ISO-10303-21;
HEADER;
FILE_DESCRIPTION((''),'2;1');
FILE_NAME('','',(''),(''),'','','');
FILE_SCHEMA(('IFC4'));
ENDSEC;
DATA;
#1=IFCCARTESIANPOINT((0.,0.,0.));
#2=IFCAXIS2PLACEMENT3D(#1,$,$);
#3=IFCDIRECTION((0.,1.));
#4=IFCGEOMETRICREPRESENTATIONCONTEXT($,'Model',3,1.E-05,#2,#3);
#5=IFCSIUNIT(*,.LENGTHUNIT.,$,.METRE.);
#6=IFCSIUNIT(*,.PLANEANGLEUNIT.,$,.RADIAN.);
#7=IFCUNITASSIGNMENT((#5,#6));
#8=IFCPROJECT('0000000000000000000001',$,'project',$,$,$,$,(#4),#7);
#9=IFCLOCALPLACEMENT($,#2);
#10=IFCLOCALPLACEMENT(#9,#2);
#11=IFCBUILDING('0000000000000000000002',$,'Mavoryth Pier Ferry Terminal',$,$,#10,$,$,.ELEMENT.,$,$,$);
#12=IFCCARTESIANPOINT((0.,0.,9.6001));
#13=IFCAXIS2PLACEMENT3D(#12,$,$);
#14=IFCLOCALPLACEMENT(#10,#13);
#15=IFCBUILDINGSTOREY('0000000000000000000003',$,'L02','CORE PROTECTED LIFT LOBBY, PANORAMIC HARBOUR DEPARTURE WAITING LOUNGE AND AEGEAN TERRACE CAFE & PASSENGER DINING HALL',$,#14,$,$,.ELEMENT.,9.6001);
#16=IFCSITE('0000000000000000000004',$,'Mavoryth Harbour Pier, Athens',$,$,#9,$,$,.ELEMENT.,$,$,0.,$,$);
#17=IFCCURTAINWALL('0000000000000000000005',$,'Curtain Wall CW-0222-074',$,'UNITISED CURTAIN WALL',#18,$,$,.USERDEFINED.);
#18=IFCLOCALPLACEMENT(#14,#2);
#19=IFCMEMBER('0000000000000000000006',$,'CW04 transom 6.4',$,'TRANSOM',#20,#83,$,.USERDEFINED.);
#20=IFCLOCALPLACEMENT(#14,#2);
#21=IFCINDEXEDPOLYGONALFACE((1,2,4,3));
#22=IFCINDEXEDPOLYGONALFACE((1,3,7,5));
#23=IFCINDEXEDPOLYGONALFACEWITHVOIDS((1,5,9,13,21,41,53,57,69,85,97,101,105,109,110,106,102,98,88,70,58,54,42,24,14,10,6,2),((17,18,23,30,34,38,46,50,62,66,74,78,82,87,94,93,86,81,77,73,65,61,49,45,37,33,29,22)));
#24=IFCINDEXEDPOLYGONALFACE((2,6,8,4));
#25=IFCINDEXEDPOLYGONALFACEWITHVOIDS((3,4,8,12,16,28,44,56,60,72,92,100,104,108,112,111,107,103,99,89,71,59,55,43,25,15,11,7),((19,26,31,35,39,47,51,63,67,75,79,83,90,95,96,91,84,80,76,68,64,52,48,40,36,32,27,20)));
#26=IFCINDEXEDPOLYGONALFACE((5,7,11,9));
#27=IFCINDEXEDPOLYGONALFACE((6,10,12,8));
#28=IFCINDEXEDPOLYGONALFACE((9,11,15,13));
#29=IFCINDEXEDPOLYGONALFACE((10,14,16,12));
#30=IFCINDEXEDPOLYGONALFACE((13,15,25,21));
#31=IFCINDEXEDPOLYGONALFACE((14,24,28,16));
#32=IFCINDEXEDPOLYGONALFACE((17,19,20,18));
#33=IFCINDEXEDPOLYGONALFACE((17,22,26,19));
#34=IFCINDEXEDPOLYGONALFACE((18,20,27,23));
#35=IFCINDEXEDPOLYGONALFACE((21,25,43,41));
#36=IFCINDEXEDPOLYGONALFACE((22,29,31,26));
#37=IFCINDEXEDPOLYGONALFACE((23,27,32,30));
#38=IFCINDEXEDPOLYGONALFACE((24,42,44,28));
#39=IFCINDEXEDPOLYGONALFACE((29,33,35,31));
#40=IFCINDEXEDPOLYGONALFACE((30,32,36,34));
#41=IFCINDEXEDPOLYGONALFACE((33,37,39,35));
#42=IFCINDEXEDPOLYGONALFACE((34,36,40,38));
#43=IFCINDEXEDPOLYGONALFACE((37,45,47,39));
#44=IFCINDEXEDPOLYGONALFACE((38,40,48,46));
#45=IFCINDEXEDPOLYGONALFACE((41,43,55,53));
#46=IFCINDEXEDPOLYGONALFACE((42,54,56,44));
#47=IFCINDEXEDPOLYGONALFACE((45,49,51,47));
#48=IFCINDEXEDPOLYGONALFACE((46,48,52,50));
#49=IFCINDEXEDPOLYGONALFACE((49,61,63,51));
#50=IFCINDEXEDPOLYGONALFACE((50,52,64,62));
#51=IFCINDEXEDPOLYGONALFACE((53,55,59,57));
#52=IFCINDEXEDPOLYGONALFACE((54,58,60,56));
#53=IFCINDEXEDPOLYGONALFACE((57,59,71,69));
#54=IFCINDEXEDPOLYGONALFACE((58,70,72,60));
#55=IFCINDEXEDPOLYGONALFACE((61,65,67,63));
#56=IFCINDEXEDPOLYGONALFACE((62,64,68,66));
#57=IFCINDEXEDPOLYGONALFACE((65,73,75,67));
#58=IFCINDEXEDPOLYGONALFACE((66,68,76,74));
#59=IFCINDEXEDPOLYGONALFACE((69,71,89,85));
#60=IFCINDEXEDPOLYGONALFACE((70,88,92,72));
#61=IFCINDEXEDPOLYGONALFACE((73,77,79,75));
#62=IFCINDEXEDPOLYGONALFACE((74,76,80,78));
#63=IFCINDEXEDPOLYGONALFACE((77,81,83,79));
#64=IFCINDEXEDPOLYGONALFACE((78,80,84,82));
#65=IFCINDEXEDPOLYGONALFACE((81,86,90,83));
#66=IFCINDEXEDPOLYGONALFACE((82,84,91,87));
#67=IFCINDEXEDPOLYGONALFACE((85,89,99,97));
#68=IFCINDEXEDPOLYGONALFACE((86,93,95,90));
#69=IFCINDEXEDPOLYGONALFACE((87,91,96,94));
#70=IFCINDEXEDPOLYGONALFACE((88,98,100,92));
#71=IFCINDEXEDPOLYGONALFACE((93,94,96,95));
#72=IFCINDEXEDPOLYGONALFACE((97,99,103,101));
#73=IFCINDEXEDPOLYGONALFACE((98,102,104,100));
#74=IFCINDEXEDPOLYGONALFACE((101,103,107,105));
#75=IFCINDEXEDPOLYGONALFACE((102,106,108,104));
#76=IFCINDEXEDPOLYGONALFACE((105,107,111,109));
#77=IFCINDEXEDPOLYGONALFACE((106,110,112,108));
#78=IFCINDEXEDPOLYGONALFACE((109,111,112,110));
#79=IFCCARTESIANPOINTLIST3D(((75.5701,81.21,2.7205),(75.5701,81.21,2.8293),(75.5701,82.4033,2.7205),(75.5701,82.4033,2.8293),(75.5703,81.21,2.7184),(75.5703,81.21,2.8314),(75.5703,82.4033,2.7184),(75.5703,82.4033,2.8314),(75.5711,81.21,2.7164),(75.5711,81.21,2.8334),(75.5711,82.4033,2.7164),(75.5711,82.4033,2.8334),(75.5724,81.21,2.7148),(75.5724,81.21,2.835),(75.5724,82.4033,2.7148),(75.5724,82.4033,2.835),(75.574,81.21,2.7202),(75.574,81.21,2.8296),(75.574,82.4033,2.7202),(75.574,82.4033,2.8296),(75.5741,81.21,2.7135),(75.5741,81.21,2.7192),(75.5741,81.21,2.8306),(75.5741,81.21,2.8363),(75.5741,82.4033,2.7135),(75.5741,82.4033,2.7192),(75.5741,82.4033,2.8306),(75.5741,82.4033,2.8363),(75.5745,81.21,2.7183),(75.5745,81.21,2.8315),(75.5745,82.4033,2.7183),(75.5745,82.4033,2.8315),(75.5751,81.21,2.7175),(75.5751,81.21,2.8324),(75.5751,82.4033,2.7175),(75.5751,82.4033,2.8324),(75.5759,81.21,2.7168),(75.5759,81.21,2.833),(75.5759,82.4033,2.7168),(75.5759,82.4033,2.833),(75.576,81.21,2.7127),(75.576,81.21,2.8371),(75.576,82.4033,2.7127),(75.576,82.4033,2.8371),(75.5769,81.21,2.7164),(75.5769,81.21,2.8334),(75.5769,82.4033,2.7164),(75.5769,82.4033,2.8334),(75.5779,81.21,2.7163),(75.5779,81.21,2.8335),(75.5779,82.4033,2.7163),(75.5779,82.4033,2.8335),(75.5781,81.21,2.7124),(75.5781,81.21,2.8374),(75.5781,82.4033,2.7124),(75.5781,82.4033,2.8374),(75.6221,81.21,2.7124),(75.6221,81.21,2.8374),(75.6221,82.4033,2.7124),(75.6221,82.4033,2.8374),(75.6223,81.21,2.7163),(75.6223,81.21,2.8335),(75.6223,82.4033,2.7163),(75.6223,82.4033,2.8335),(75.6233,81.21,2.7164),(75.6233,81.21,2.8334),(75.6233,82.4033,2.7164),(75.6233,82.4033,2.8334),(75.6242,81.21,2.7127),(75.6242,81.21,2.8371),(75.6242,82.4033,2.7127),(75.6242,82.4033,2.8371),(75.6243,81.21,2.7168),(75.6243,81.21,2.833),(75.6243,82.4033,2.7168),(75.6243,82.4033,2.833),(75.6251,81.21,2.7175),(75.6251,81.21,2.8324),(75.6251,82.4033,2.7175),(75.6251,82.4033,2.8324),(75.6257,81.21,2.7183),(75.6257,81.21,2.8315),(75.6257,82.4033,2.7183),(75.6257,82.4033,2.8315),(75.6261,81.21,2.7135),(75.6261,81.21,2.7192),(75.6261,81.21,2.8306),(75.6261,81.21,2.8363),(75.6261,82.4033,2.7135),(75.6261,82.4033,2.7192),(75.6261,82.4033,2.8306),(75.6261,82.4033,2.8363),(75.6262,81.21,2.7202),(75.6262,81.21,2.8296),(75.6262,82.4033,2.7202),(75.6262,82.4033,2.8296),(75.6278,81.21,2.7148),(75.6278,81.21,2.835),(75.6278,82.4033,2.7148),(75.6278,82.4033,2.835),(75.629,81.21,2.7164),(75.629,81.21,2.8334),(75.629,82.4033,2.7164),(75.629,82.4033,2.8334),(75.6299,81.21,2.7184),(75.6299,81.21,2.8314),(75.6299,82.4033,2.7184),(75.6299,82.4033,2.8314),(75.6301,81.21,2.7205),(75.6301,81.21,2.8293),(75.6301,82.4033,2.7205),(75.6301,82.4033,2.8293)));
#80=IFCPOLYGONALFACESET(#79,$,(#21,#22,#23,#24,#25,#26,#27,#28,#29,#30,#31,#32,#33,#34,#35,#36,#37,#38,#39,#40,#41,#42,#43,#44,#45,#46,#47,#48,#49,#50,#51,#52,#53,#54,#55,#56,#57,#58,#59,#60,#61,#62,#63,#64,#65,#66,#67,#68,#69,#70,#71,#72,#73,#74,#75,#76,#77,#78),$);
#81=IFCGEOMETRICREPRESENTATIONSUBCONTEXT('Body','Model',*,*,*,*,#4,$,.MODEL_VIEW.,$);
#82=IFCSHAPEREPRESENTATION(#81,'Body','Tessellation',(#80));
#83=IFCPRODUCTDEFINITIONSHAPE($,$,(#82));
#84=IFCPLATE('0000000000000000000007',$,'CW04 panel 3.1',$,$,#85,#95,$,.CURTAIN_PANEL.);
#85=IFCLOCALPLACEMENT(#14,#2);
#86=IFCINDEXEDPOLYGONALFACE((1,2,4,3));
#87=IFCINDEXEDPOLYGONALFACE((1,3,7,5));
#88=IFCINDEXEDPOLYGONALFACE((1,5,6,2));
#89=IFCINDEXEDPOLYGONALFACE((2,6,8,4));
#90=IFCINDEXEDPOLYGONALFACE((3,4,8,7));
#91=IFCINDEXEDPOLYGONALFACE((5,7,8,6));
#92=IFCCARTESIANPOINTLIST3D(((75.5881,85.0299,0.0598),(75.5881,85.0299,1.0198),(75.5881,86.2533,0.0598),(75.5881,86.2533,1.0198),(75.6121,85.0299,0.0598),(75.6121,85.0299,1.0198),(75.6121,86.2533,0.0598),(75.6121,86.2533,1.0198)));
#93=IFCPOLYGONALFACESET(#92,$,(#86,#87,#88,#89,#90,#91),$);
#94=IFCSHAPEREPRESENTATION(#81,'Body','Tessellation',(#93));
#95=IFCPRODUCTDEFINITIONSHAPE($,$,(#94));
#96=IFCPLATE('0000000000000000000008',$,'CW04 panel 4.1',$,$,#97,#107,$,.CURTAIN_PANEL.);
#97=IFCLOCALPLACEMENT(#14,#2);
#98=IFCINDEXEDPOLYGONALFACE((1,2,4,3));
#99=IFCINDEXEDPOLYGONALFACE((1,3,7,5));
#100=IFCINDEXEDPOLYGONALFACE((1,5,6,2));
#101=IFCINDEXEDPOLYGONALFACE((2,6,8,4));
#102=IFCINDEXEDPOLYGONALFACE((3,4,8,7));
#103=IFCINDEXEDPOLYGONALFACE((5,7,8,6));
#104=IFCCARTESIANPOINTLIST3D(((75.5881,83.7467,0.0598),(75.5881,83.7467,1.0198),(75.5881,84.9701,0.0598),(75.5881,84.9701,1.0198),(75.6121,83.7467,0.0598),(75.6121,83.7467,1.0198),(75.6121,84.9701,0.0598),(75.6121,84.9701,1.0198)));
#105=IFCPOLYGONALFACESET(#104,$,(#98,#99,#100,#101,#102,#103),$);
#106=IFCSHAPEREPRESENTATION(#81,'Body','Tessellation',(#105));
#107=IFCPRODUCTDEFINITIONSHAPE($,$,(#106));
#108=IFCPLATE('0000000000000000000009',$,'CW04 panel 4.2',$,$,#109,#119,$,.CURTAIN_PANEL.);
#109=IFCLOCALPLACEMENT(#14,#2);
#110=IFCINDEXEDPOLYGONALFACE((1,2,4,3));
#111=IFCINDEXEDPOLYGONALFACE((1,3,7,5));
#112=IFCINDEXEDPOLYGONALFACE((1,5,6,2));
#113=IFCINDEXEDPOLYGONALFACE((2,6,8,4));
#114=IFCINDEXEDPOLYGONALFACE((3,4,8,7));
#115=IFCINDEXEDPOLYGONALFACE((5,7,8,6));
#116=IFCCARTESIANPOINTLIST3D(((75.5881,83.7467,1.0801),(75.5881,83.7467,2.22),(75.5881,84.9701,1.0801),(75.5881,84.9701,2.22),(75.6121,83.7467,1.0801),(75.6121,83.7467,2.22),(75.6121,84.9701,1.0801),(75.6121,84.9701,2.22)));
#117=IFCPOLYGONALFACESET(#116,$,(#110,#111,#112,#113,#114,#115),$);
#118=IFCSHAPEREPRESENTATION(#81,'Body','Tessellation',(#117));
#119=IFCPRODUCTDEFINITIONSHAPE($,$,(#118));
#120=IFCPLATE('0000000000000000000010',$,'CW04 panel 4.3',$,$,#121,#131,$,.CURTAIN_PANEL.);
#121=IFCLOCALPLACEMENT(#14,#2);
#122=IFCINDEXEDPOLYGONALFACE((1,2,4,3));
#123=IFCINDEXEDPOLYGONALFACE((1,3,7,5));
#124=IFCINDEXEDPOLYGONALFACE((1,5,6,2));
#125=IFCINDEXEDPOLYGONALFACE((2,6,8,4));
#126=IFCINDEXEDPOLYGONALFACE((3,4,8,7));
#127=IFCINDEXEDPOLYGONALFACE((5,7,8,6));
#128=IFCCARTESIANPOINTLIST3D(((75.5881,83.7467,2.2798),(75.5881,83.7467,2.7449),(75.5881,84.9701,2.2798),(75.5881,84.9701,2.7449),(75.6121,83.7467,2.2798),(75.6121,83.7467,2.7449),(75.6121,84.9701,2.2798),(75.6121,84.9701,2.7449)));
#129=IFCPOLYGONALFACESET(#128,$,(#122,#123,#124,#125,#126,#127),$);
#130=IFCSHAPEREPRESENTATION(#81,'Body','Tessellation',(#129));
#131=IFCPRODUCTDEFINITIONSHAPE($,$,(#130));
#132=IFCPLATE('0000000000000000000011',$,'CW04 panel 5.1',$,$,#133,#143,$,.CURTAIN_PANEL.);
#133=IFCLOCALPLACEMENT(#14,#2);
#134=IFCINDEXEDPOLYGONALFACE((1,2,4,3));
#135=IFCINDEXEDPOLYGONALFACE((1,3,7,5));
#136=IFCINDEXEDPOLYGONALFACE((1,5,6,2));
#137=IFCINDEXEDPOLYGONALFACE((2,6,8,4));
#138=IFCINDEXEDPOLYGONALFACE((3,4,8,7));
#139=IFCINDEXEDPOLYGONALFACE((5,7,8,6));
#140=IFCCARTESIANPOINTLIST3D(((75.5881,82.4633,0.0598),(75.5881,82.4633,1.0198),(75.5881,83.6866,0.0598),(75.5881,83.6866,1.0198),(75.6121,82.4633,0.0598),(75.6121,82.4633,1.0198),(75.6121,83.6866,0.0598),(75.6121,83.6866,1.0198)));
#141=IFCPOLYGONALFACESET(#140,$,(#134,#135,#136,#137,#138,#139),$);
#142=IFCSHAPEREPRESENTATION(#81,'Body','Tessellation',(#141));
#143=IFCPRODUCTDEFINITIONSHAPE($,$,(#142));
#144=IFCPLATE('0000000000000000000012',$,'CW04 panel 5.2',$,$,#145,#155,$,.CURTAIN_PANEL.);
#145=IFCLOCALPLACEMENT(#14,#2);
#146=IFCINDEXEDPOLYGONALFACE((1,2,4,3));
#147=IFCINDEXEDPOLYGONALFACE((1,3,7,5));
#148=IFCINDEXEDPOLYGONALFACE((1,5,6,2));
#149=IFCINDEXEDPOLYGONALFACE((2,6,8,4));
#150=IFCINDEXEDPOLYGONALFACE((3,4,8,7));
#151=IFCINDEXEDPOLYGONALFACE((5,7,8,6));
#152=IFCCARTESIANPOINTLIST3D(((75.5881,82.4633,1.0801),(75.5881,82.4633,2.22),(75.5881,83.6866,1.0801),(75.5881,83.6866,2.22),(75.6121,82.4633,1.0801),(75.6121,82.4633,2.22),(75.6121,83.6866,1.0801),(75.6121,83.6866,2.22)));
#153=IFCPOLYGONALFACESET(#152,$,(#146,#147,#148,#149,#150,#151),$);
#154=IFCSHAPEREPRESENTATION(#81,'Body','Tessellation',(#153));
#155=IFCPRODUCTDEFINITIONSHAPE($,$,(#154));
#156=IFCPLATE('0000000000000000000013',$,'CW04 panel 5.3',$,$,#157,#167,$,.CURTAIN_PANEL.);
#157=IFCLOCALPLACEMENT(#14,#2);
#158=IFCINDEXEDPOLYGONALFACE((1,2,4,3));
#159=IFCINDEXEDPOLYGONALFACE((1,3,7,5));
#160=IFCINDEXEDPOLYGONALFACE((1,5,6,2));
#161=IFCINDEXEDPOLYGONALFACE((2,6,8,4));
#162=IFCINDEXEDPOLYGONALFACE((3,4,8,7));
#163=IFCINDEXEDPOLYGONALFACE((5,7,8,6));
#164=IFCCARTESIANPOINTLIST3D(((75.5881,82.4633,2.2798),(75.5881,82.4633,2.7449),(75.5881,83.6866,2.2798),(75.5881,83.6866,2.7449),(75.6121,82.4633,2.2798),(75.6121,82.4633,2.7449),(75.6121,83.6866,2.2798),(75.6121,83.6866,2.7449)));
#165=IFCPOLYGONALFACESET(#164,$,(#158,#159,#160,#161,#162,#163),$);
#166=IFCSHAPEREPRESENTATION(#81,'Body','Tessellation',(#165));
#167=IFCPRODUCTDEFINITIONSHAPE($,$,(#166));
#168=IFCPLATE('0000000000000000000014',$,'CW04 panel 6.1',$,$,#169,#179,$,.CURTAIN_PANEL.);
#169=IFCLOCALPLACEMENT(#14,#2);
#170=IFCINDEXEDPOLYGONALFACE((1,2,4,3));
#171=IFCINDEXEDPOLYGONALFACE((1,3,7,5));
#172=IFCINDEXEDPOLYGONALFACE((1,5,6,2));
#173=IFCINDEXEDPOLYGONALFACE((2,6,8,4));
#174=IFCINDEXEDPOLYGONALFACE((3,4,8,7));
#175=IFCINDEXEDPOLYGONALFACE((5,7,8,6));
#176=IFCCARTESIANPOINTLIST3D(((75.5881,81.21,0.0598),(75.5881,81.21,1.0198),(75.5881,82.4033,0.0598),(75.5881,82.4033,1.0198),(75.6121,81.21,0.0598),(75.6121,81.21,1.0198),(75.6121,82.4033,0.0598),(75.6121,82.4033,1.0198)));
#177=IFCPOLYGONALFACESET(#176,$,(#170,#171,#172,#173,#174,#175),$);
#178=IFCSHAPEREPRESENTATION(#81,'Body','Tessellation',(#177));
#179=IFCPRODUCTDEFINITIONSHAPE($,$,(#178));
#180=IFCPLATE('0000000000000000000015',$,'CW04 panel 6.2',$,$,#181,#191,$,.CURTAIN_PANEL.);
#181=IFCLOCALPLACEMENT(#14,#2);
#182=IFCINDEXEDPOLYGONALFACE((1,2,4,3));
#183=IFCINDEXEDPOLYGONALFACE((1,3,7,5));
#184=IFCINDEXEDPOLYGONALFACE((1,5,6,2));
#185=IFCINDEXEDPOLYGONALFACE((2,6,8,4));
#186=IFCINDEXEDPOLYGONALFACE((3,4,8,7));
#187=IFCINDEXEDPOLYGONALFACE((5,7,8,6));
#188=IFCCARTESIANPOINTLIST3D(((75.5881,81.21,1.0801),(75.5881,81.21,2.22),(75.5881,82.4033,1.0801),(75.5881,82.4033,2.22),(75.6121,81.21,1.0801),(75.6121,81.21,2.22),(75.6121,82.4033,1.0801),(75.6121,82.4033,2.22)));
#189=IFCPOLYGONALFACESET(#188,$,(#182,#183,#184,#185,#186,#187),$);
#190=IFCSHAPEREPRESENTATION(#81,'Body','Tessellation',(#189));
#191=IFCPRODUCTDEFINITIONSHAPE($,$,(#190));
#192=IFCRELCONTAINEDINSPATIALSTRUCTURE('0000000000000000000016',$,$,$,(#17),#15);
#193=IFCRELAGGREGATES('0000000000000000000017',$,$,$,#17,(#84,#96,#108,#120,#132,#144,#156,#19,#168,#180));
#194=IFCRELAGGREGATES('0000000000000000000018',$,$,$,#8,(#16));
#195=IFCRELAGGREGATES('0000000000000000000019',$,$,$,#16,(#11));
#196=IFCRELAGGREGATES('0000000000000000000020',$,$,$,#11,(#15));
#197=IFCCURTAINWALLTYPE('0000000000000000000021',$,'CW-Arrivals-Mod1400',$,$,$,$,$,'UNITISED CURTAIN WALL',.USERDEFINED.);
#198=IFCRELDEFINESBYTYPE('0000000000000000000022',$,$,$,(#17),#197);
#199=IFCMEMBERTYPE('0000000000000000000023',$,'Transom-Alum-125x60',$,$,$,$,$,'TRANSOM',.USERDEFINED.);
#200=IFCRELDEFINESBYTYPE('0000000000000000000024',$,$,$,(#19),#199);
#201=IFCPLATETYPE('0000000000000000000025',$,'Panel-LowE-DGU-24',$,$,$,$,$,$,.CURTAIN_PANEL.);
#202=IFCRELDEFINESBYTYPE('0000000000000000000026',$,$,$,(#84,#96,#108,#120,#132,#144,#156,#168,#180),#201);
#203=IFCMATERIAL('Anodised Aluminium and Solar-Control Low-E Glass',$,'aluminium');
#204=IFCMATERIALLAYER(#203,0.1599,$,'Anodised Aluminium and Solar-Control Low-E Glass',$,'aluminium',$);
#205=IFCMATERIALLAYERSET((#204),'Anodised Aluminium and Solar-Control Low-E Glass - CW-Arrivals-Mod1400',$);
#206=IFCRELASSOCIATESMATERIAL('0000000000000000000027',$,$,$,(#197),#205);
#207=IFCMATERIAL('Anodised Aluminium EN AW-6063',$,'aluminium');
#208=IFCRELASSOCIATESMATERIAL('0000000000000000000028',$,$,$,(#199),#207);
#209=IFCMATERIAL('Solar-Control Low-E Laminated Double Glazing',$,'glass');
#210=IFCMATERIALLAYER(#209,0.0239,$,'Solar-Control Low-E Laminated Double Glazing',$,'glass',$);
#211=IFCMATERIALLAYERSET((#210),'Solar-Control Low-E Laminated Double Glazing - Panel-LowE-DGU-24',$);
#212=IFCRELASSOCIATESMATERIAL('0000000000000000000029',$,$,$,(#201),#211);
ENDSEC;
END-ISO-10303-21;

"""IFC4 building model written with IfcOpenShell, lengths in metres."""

from ifc_helpers import new_model, si_unit, direction, frame, origin, origin_2d, place, context, subcontext, project, spatial, rectangle, hollow_rectangle, extrude, material, layer, layer_set, material_profile, profile_set, type_object, element, aggregate, save


model = new_model("IFC4")

# Units and contexts
model_context = context("Model", 3, precision=1e-05, world=origin(), true_north=direction((0.0, 1.0)))
body_context = subcontext(model_context, "Body", "Model", "MODEL_VIEW")
ifc_project = project(units=[si_unit("LENGTHUNIT", "METRE"), si_unit("PLANEANGLEUNIT", "RADIAN")], contexts=[model_context])

# Site, building, storey
site_placement = place(None, origin())
site = spatial("IfcSite", under=ifc_project, at=site_placement, Name="Mavoryth Harbour Pier, Athens", CompositionType="ELEMENT", RefElevation=0.0)
building_placement = place(site_placement, origin())
building = spatial("IfcBuilding", under=site, at=building_placement, Name="Mavoryth Pier Ferry Terminal", CompositionType="ELEMENT")
storey_placement = place(building_placement, frame((0.0, 0.0, 9.6001)))
storey = spatial("IfcBuildingStorey", under=building, at=storey_placement, Name="L02", Description="CORE PROTECTED LIFT LOBBY, PANORAMIC HARBOUR DEPARTURE WAITING LOUNGE AND AEGEAN TERRACE CAFE & PASSENGER DINING HALL", CompositionType="ELEMENT", Elevation=9.6001)

# Shared definitions
ifc_material_1 = material(Name="Anodised Aluminium and Solar-Control Low-E Glass", Category="aluminium")
ifc_layer_1 = layer(ifc_material_1, 0.1599, Name="Anodised Aluminium and Solar-Control Low-E Glass", Category="aluminium")
ifc_layer_set_1 = layer_set([ifc_layer_1], Name="Anodised Aluminium and Solar-Control Low-E Glass - CW-Arrivals-Mod1400")
curtain_wall_type = type_object("IfcCurtainWallType", Name="CW-Arrivals-Mod1400", ElementType="UNITISED CURTAIN WALL", PredefinedType="USERDEFINED", material=ifc_layer_set_1)
ifc_material_2 = material(Name="Anodised Aluminium EN AW-6063", Category="aluminium")

# Curtain wall
curtain_wall_1_placement = place(storey_placement, origin())
curtain_wall_1 = element("IfcCurtainWall", 1, at=curtain_wall_1_placement, inside=storey, type_object=curtain_wall_type, Name="Curtain Wall CW-0222-074", ObjectType="UNITISED CURTAIN WALL", PredefinedType="USERDEFINED")

# Member
ifc_material_profile_1 = material_profile(ifc_material_2, hollow_rectangle(XDim=0.0601, YDim=0.125, WallThickness=0.0039, InnerFilletRadius=0.0039, OuterFilletRadius=0.0081, at=origin_2d()), Name="AL-TRAN 125x60x4", Category="aluminium")
ifc_profile_set_1 = profile_set([ifc_material_profile_1], Name="Anodised Aluminium EN AW-6063 - AL-TRAN 125x60x4")
member_type_1 = type_object("IfcMemberType", Name="Transom-Alum-125x60", ElementType="TRANSOM", PredefinedType="USERDEFINED", material=ifc_profile_set_1)
member_1_placement = place(storey_placement, frame((75.6001, 82.4033, 2.7749), z_axis=(0.0, -1.0, 0.0), x_axis=(1.0, 0.0, 0.0)))
member_1 = element("IfcMember", 2, at=member_1_placement, type_object=member_type_1, Name="CW04 transom 6.4", ObjectType="TRANSOM", PredefinedType="USERDEFINED", context=body_context, shape_type="SweptSolid", body=[
    extrude(hollow_rectangle(XDim=0.0601, YDim=0.125, WallThickness=0.0039, InnerFilletRadius=0.0039, OuterFilletRadius=0.0081, at=origin_2d()), origin(), (0.0, 0.0, 1.0), 1.1934),
])

# Plates
ifc_material_3 = material(Name="Solar-Control Low-E Laminated Double Glazing", Category="glass")
ifc_layer_2 = layer(ifc_material_3, 0.0239, Name="Solar-Control Low-E Laminated Double Glazing", Category="glass")
ifc_layer_set_2 = layer_set([ifc_layer_2], Name="Solar-Control Low-E Laminated Double Glazing - Panel-LowE-DGU-24")
plate_type = type_object("IfcPlateType", Name="Panel-LowE-DGU-24", PredefinedType="CURTAIN_PANEL", material=ifc_layer_set_2)
plate_1_placement = place(storey_placement, frame((75.6001, 85.6416, 0.0598), z_axis=(0.0, 0.0, 1.0), x_axis=(0.0, -1.0, 0.0)))
plate_1 = element("IfcPlate", 3, at=plate_1_placement, type_object=plate_type, Name="CW04 panel 3.1", PredefinedType="CURTAIN_PANEL", context=body_context, shape_type="SweptSolid", body=[
    extrude(rectangle(XDim=1.2234, YDim=0.0239, at=origin_2d()), origin(), (0.0, 0.0, 1.0), 0.96),
])
plate_2_placement = place(storey_placement, frame((75.6001, 84.3584, 0.0598), z_axis=(0.0, 0.0, 1.0), x_axis=(0.0, -1.0, 0.0)))
plate_2 = element("IfcPlate", 4, at=plate_2_placement, type_object=plate_type, Name="CW04 panel 4.1", PredefinedType="CURTAIN_PANEL", context=body_context, shape_type="SweptSolid", body=[
    extrude(rectangle(XDim=1.2234, YDim=0.0239, at=origin_2d()), origin(), (0.0, 0.0, 1.0), 0.96),
])
plate_3_placement = place(storey_placement, frame((75.6001, 84.3584, 1.0801), z_axis=(0.0, 0.0, 1.0), x_axis=(0.0, -1.0, 0.0)))
plate_3 = element("IfcPlate", 5, at=plate_3_placement, type_object=plate_type, Name="CW04 panel 4.2", PredefinedType="CURTAIN_PANEL", context=body_context, shape_type="SweptSolid", body=[
    extrude(rectangle(XDim=1.2234, YDim=0.0239, at=origin_2d()), origin(), (0.0, 0.0, 1.0), 1.1399),
])
plate_4_placement = place(storey_placement, frame((75.6001, 84.3584, 2.2798), z_axis=(0.0, 0.0, 1.0), x_axis=(0.0, -1.0, 0.0)))
plate_4 = element("IfcPlate", 6, at=plate_4_placement, type_object=plate_type, Name="CW04 panel 4.3", PredefinedType="CURTAIN_PANEL", context=body_context, shape_type="SweptSolid", body=[
    extrude(rectangle(XDim=1.2234, YDim=0.0239, at=origin_2d()), origin(), (0.0, 0.0, 1.0), 0.4651),
])
plate_5_placement = place(storey_placement, frame((75.6001, 83.075, 0.0598), z_axis=(0.0, 0.0, 1.0), x_axis=(0.0, -1.0, 0.0)))
plate_5 = element("IfcPlate", 7, at=plate_5_placement, type_object=plate_type, Name="CW04 panel 5.1", PredefinedType="CURTAIN_PANEL", context=body_context, shape_type="SweptSolid", body=[
    extrude(rectangle(XDim=1.2234, YDim=0.0239, at=origin_2d()), origin(), (0.0, 0.0, 1.0), 0.96),
])
plate_6_placement = place(storey_placement, frame((75.6001, 83.075, 1.0801), z_axis=(0.0, 0.0, 1.0), x_axis=(0.0, -1.0, 0.0)))
plate_6 = element("IfcPlate", 8, at=plate_6_placement, type_object=plate_type, Name="CW04 panel 5.2", PredefinedType="CURTAIN_PANEL", context=body_context, shape_type="SweptSolid", body=[
    extrude(rectangle(XDim=1.2234, YDim=0.0239, at=origin_2d()), origin(), (0.0, 0.0, 1.0), 1.1399),
])
plate_7_placement = place(storey_placement, frame((75.6001, 83.075, 2.2798), z_axis=(0.0, 0.0, 1.0), x_axis=(0.0, -1.0, 0.0)))
plate_7 = element("IfcPlate", 9, at=plate_7_placement, type_object=plate_type, Name="CW04 panel 5.3", PredefinedType="CURTAIN_PANEL", context=body_context, shape_type="SweptSolid", body=[
    extrude(rectangle(XDim=1.2234, YDim=0.0239, at=origin_2d()), origin(), (0.0, 0.0, 1.0), 0.4651),
])
plate_8_placement = place(storey_placement, frame((75.6001, 81.8066, 0.0598), z_axis=(0.0, 0.0, 1.0), x_axis=(0.0, -1.0, 0.0)))
plate_8 = element("IfcPlate", 10, at=plate_8_placement, type_object=plate_type, Name="CW04 panel 6.1", PredefinedType="CURTAIN_PANEL", context=body_context, shape_type="SweptSolid", body=[
    extrude(rectangle(XDim=1.1934, YDim=0.0239, at=origin_2d()), origin(), (0.0, 0.0, 1.0), 0.96),
])
plate_9_placement = place(storey_placement, frame((75.6001, 81.8066, 1.0801), z_axis=(0.0, 0.0, 1.0), x_axis=(0.0, -1.0, 0.0)))
plate_9 = element("IfcPlate", 11, at=plate_9_placement, type_object=plate_type, Name="CW04 panel 6.2", PredefinedType="CURTAIN_PANEL", context=body_context, shape_type="SweptSolid", body=[
    extrude(rectangle(XDim=1.1934, YDim=0.0239, at=origin_2d()), origin(), (0.0, 0.0, 1.0), 1.1399),
])
aggregate(curtain_wall_1, [plate_1, plate_2, plate_3, plate_4, plate_5, plate_6, plate_7, member_1, plate_8, plate_9])

save(model, "model.ifc")
